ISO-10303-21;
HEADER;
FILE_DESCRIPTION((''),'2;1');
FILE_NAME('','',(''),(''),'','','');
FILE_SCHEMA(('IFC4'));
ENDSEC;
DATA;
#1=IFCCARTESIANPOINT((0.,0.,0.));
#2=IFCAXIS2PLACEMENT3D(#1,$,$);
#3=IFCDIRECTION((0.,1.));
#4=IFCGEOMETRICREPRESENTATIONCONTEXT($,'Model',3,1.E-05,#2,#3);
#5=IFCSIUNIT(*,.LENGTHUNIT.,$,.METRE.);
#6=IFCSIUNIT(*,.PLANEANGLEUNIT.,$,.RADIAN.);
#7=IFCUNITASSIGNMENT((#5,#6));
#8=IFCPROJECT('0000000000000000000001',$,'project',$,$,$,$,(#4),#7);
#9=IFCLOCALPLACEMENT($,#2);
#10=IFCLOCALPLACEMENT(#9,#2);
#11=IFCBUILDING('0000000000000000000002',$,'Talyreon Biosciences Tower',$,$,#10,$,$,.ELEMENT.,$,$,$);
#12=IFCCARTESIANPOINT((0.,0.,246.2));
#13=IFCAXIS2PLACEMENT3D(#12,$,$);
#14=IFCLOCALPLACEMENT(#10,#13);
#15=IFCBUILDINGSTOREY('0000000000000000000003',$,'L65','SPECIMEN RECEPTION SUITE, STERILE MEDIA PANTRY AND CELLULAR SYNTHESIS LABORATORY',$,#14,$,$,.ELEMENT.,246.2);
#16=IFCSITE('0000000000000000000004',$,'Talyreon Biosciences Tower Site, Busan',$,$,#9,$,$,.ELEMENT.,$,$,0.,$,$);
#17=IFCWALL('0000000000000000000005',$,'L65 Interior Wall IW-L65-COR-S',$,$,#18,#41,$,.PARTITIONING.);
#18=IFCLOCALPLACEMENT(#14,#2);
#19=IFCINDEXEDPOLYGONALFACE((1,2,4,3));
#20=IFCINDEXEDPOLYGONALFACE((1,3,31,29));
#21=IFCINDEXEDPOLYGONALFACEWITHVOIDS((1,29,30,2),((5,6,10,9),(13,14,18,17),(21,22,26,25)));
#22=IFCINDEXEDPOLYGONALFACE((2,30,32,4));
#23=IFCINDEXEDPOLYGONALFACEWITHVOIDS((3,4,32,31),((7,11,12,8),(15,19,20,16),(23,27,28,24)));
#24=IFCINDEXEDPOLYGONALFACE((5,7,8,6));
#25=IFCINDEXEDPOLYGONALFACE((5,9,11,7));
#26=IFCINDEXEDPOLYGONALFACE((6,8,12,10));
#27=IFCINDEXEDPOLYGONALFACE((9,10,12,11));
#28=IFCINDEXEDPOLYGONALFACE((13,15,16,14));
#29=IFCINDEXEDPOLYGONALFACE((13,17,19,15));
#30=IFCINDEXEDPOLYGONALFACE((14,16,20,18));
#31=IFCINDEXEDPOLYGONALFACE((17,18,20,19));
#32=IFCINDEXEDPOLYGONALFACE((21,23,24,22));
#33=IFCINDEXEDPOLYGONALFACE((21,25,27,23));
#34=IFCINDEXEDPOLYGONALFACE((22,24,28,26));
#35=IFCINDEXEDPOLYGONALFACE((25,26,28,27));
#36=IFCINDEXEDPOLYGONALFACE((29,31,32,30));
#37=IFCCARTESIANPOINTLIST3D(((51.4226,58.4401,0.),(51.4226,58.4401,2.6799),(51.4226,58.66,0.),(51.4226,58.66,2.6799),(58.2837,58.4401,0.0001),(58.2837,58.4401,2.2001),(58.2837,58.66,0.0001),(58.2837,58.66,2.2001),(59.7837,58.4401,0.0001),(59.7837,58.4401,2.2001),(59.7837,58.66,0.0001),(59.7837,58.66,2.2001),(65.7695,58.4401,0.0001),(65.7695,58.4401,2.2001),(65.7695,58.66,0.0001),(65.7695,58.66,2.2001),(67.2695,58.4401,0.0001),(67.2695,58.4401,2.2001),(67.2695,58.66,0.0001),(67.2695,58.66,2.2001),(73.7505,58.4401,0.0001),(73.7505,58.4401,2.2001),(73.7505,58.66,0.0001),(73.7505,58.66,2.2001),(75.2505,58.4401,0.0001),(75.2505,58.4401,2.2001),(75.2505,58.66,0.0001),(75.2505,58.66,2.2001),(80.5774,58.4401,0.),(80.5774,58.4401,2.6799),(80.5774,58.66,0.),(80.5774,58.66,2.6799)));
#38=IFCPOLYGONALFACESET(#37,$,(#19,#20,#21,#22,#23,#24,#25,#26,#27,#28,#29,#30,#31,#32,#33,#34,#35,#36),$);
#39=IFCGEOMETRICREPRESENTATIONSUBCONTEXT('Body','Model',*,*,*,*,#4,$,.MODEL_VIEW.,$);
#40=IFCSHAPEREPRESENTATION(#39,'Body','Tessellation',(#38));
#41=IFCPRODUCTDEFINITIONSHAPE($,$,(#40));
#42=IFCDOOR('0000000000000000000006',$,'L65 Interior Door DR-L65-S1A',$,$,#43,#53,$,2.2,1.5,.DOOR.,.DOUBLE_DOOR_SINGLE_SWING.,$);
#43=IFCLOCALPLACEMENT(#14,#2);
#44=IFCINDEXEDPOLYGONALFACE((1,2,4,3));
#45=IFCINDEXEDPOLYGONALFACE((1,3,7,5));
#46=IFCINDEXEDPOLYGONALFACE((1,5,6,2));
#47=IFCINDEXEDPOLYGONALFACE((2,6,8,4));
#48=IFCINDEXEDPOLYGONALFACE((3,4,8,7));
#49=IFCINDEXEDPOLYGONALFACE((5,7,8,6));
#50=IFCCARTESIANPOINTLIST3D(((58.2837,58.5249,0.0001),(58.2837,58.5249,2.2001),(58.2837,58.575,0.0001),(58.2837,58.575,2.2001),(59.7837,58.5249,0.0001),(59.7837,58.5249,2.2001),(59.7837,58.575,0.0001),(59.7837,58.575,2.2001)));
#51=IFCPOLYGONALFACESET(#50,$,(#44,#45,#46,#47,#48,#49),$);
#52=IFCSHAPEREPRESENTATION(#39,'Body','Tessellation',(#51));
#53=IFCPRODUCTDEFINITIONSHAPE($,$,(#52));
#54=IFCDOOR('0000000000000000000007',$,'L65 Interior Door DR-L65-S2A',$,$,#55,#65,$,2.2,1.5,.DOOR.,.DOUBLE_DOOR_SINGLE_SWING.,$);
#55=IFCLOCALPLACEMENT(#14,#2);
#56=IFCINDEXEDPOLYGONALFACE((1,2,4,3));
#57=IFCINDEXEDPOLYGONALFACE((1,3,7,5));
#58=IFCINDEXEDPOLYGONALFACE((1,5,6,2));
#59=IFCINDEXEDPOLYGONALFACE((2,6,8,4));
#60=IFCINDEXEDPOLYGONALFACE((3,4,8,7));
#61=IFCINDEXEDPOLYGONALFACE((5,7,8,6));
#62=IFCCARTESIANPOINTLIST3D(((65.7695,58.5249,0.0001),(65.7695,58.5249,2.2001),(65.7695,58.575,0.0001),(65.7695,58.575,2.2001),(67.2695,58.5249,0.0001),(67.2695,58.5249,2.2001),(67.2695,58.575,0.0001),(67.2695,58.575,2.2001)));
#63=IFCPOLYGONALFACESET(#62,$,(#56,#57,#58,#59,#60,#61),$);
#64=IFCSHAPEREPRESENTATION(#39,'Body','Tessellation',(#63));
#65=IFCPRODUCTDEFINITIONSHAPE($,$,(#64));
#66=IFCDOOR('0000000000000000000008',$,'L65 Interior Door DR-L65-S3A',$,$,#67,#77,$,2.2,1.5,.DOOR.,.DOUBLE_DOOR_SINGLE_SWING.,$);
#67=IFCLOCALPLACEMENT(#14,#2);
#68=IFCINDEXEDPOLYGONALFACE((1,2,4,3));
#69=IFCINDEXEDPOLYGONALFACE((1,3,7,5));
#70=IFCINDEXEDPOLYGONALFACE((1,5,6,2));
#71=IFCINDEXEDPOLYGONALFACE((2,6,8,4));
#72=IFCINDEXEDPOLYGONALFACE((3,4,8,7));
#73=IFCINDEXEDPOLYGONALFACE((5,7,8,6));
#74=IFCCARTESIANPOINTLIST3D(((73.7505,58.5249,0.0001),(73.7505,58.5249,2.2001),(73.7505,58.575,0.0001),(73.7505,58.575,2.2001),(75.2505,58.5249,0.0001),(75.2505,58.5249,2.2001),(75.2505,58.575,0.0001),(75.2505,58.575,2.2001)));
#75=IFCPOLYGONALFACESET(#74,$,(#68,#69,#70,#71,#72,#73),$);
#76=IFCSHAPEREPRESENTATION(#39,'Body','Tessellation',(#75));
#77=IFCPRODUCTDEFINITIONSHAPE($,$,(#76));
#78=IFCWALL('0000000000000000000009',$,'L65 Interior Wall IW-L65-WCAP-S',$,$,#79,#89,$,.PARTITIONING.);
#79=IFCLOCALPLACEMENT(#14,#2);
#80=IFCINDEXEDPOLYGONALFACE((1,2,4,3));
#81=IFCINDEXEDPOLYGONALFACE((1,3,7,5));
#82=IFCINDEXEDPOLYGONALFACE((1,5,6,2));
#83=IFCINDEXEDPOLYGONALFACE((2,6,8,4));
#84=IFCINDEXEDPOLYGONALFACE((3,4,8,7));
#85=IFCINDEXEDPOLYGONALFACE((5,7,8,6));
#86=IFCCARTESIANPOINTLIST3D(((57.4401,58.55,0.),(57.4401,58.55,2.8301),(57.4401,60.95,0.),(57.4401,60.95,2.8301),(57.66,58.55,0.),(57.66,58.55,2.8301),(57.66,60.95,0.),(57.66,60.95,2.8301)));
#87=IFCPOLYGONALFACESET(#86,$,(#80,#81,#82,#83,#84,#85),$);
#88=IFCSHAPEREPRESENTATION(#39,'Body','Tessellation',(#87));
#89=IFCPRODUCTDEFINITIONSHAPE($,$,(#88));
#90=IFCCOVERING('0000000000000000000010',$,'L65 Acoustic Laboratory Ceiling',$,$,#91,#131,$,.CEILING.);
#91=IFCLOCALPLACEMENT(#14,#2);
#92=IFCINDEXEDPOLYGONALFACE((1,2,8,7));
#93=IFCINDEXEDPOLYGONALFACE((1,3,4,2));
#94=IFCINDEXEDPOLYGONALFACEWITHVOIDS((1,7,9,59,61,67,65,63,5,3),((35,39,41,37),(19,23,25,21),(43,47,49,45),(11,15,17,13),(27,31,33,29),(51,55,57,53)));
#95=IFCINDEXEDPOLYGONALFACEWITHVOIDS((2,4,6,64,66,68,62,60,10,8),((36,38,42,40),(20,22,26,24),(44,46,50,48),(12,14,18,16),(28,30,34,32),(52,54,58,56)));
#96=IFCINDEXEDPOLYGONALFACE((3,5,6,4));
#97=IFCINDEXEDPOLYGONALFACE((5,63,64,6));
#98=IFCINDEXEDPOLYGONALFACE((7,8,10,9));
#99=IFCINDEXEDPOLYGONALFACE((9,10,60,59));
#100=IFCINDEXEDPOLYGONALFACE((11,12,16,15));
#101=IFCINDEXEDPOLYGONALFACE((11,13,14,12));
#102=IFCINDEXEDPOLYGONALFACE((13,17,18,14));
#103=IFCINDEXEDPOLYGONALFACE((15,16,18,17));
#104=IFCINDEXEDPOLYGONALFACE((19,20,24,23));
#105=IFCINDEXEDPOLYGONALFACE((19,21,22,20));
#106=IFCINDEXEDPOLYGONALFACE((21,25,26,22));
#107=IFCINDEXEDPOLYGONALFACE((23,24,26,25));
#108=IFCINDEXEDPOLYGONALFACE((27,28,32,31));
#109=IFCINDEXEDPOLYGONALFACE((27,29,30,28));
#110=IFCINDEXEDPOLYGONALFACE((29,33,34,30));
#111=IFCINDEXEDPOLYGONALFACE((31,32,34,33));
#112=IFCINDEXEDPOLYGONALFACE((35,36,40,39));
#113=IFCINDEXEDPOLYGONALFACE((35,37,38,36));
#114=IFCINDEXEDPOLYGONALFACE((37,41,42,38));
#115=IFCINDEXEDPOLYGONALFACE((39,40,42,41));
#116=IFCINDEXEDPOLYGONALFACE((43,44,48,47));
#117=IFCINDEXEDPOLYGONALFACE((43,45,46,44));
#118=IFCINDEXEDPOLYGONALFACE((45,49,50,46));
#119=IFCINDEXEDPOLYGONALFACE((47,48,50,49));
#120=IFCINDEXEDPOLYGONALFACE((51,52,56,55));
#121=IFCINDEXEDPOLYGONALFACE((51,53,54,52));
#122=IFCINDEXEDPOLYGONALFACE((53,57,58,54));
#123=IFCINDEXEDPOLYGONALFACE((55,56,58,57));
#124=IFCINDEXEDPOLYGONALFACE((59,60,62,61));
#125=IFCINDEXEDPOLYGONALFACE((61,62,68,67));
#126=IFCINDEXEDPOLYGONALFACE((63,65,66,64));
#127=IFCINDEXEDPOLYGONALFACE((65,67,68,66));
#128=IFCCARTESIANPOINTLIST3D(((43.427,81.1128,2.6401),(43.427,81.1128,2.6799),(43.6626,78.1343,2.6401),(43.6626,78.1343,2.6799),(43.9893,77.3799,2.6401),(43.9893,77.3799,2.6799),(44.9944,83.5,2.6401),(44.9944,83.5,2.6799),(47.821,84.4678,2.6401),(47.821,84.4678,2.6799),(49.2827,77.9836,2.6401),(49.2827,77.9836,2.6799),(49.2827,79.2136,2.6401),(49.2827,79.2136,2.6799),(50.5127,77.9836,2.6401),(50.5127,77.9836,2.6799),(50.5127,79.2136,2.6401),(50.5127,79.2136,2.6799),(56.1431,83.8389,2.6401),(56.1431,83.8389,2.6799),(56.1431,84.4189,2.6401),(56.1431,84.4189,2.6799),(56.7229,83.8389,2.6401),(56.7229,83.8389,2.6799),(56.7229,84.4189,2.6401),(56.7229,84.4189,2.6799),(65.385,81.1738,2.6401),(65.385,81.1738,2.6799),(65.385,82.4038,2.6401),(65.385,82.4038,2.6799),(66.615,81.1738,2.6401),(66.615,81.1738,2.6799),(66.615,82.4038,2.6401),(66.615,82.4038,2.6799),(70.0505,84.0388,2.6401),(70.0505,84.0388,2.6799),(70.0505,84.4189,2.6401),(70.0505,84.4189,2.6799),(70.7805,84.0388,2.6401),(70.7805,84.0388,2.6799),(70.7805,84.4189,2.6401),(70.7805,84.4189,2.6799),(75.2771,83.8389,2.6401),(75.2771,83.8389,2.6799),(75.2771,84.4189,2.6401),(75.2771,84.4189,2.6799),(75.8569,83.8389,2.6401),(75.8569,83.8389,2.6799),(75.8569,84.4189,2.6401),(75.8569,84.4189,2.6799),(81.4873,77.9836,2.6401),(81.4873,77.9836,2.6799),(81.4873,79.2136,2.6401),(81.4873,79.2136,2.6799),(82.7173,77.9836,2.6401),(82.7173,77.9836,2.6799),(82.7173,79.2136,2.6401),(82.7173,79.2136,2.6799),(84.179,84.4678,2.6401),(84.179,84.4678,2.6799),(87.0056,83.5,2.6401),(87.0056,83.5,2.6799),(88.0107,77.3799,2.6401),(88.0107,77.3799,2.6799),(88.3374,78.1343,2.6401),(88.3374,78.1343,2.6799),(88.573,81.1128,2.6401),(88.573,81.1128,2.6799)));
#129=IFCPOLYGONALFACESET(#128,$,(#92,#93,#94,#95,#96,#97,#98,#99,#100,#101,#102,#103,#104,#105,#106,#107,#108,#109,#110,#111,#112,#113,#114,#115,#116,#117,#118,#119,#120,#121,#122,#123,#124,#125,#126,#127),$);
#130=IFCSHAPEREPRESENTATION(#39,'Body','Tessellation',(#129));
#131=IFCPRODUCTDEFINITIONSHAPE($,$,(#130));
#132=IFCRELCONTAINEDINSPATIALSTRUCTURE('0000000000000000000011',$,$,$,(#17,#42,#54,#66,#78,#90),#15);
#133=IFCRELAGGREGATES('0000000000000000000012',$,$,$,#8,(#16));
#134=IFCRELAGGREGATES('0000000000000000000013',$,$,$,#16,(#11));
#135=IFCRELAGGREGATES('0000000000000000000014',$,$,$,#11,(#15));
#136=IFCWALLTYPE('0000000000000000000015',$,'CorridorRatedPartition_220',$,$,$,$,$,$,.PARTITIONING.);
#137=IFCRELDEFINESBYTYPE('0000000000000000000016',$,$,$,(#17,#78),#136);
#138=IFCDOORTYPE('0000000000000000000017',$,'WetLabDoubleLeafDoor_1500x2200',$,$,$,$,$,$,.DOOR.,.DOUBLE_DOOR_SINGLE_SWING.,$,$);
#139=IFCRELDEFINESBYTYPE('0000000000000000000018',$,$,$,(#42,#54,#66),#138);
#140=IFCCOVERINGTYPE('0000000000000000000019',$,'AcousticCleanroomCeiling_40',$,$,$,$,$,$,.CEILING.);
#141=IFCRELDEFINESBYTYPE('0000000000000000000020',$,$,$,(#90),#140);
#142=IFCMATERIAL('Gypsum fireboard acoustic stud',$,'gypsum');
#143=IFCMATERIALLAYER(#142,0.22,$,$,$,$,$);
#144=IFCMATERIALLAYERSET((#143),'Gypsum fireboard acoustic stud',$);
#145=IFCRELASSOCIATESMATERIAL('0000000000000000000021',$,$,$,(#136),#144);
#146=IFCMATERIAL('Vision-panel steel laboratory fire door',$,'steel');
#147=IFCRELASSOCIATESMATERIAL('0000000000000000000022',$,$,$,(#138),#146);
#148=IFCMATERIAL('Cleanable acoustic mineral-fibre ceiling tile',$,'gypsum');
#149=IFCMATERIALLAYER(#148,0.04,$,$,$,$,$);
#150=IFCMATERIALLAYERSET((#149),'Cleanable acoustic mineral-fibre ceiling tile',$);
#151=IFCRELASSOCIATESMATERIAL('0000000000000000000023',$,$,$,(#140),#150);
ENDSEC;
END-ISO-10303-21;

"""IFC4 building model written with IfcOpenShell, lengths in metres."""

from ifc_helpers import new_model, si_unit, direction, frame, frame_2d, origin, place, context, subcontext, project, spatial, polyline, rectangle, outline, extrude, material, layer, layer_set, type_object, element, fill, save


model = new_model("IFC4")

# Units and contexts
model_context = context("Model", 3, precision=1e-05, world=origin(), true_north=direction((0.0, 1.0)))
body_context = subcontext(model_context, "Body", "Model", "MODEL_VIEW")
ifc_project = project(units=[si_unit("LENGTHUNIT", "METRE"), si_unit("PLANEANGLEUNIT", "RADIAN")], contexts=[model_context])

# Site, building, storey
site_placement = place(None, origin())
site = spatial("IfcSite", under=ifc_project, at=site_placement, Name="Talyreon Biosciences Tower Site, Busan", CompositionType="ELEMENT", RefElevation=0.0)
building_placement = place(site_placement, origin())
building = spatial("IfcBuilding", under=site, at=building_placement, Name="Talyreon Biosciences Tower", CompositionType="ELEMENT")
storey_placement = place(building_placement, frame((0.0, 0.0, 246.2)))
storey = spatial("IfcBuildingStorey", under=building, at=storey_placement, Name="L65", Description="SPECIMEN RECEPTION SUITE, STERILE MEDIA PANTRY AND CELLULAR SYNTHESIS LABORATORY", CompositionType="ELEMENT", Elevation=246.2)

# Wall, openings, doors
ifc_material_1 = material(Name="Gypsum fireboard acoustic stud", Category="gypsum")
ifc_layer_1 = layer(ifc_material_1, 0.22)
ifc_layer_set_1 = layer_set([ifc_layer_1], Name="Gypsum fireboard acoustic stud")
wall_type = type_object("IfcWallType", Name="CorridorRatedPartition_220", PredefinedType="PARTITIONING", material=ifc_layer_set_1)
wall_1_placement = place(storey_placement, frame((51.4226, 58.55, 0.0), z_axis=(0.0, 0.0, 1.0), x_axis=(1.0, 0.0, 0.0)))
wall_1 = element("IfcWall", 1, at=wall_1_placement, inside=storey, type_object=wall_type, Name="L65 Interior Wall IW-L65-COR-S", PredefinedType="PARTITIONING", context=body_context, shape_type="SweptSolid", body=[
    extrude(rectangle(XDim=29.1548, YDim=0.22, at=frame_2d((14.5774, 0.0))), origin(), (0.0, 0.0, 1.0), 2.6799),
])
opening_1_placement = place(wall_1_placement, frame((6.8611, 0.0, 0.0)))
opening_1 = element("IfcOpeningElement", 2, at=opening_1_placement, cuts=wall_1, PredefinedType="OPENING", context=body_context, shape_type="SweptSolid", body=[
    extrude(rectangle(XDim=1.5, YDim=2.2, at=frame_2d((0.75, 1.1001))), frame((0.0, 0.1199, 0.0), z_axis=(0.0, -1.0, 0.0), x_axis=(1.0, 0.0, 0.0)), (0.0, 0.0, 1.0), 0.24),
])
opening_2_placement = place(wall_1_placement, frame((14.3469, 0.0, 0.0)))
opening_2 = element("IfcOpeningElement", 3, at=opening_2_placement, cuts=wall_1, PredefinedType="OPENING", context=body_context, shape_type="SweptSolid", body=[
    extrude(rectangle(XDim=1.5, YDim=2.2, at=frame_2d((0.75, 1.1001))), frame((0.0, 0.1199, 0.0), z_axis=(0.0, -1.0, 0.0), x_axis=(1.0, 0.0, 0.0)), (0.0, 0.0, 1.0), 0.24),
])
opening_3_placement = place(wall_1_placement, frame((22.3279, 0.0, 0.0)))
opening_3 = element("IfcOpeningElement", 4, at=opening_3_placement, cuts=wall_1, PredefinedType="OPENING", context=body_context, shape_type="SweptSolid", body=[
    extrude(rectangle(XDim=1.5, YDim=2.2, at=frame_2d((0.75, 1.1001))), frame((0.0, 0.1199, 0.0), z_axis=(0.0, -1.0, 0.0), x_axis=(1.0, 0.0, 0.0)), (0.0, 0.0, 1.0), 0.24),
])
ifc_material_2 = material(Name="Vision-panel steel laboratory fire door", Category="steel")
door_type = type_object("IfcDoorType", Name="WetLabDoubleLeafDoor_1500x2200", OperationType="DOUBLE_DOOR_SINGLE_SWING", PredefinedType="DOOR", material=ifc_material_2)
door_1_placement = place(opening_1_placement, origin())
door_1 = element("IfcDoor", 5, at=door_1_placement, inside=storey, type_object=door_type, Name="L65 Interior Door DR-L65-S1A", OperationType="DOUBLE_DOOR_SINGLE_SWING", OverallHeight=2.2, OverallWidth=1.5, PredefinedType="DOOR", context=body_context, shape_type="SweptSolid", body=[
    extrude(rectangle(XDim=1.5, YDim=2.2, at=frame_2d((0.75, 1.1001))), frame((0.0, 0.0249, 0.0), z_axis=(0.0, -1.0, 0.0), x_axis=(1.0, 0.0, 0.0)), (0.0, 0.0, 1.0), 0.05),
])
fill(opening_1, door_1)
door_2_placement = place(opening_2_placement, origin())
door_2 = element("IfcDoor", 6, at=door_2_placement, inside=storey, type_object=door_type, Name="L65 Interior Door DR-L65-S2A", OperationType="DOUBLE_DOOR_SINGLE_SWING", OverallHeight=2.2, OverallWidth=1.5, PredefinedType="DOOR", context=body_context, shape_type="SweptSolid", body=[
    extrude(rectangle(XDim=1.5, YDim=2.2, at=frame_2d((0.75, 1.1001))), frame((0.0, 0.0249, 0.0), z_axis=(0.0, -1.0, 0.0), x_axis=(1.0, 0.0, 0.0)), (0.0, 0.0, 1.0), 0.05),
])
fill(opening_2, door_2)
door_3_placement = place(opening_3_placement, origin())
door_3 = element("IfcDoor", 7, at=door_3_placement, inside=storey, type_object=door_type, Name="L65 Interior Door DR-L65-S3A", OperationType="DOUBLE_DOOR_SINGLE_SWING", OverallHeight=2.2, OverallWidth=1.5, PredefinedType="DOOR", context=body_context, shape_type="SweptSolid", body=[
    extrude(rectangle(XDim=1.5, YDim=2.2, at=frame_2d((0.75, 1.1001))), frame((0.0, 0.0249, 0.0), z_axis=(0.0, -1.0, 0.0), x_axis=(1.0, 0.0, 0.0)), (0.0, 0.0, 1.0), 0.05),
])
fill(opening_3, door_3)

# Wall
wall_2_placement = place(storey_placement, frame((57.55, 58.55, 0.0), z_axis=(0.0, 0.0, 1.0), x_axis=(0.0, 1.0, 0.0)))
element("IfcWall", 8, at=wall_2_placement, inside=storey, type_object=wall_type, Name="L65 Interior Wall IW-L65-WCAP-S", PredefinedType="PARTITIONING", context=body_context, shape_type="SweptSolid", body=[
    extrude(rectangle(XDim=2.3999, YDim=0.22, at=frame_2d((1.2, 0.0))), origin(), (0.0, 0.0, 1.0), 2.8301),
])

# Covering
ifc_material_3 = material(Name="Cleanable acoustic mineral-fibre ceiling tile", Category="gypsum")
ifc_layer_2 = layer(ifc_material_3, 0.04)
ifc_layer_set_2 = layer_set([ifc_layer_2], Name="Cleanable acoustic mineral-fibre ceiling tile")
covering_type_1 = type_object("IfcCoveringType", Name="AcousticCleanroomCeiling_40", PredefinedType="CEILING", material=ifc_layer_set_2)
covering_1_placement = place(storey_placement, frame((0.0, 0.0, 2.6401)))
element("IfcCovering", 9, at=covering_1_placement, inside=storey, type_object=covering_type_1, Name="L65 Acoustic Laboratory Ceiling", PredefinedType="CEILING", context=body_context, shape_type="SweptSolid", body=[
    extrude(outline(polyline([(43.427, 81.1128), (44.9944, 83.5), (47.821, 84.4678), (84.179, 84.4678), (87.0056, 83.5), (88.573, 81.1128), (88.3374, 78.1343), (88.0107, 77.3799), (43.9893, 77.3799), (43.6626, 78.1343), (43.427, 81.1128)]), holes=[polyline([(49.2827, 77.9836), (50.5127, 77.9836), (50.5127, 79.2136), (49.2827, 79.2136), (49.2827, 77.9836)]), polyline([(65.385, 81.1738), (66.615, 81.1738), (66.615, 82.4038), (65.385, 82.4038), (65.385, 81.1738)]), polyline([(56.1431, 84.4189), (56.1431, 83.8389), (56.7229, 83.8389), (56.7229, 84.4189), (56.1431, 84.4189)]), polyline([(82.7173, 77.9836), (82.7173, 79.2136), (81.4873, 79.2136), (81.4873, 77.9836), (82.7173, 77.9836)]), polyline([(75.8569, 84.4189), (75.2771, 84.4189), (75.2771, 83.8389), (75.8569, 83.8389), (75.8569, 84.4189)]), polyline([(70.7805, 84.4189), (70.0505, 84.4189), (70.0505, 84.0388), (70.7805, 84.0388), (70.7805, 84.4189)])]), origin(), (0.0, 0.0, 1.0), 0.0398),
])

save(model, "model.ifc")
